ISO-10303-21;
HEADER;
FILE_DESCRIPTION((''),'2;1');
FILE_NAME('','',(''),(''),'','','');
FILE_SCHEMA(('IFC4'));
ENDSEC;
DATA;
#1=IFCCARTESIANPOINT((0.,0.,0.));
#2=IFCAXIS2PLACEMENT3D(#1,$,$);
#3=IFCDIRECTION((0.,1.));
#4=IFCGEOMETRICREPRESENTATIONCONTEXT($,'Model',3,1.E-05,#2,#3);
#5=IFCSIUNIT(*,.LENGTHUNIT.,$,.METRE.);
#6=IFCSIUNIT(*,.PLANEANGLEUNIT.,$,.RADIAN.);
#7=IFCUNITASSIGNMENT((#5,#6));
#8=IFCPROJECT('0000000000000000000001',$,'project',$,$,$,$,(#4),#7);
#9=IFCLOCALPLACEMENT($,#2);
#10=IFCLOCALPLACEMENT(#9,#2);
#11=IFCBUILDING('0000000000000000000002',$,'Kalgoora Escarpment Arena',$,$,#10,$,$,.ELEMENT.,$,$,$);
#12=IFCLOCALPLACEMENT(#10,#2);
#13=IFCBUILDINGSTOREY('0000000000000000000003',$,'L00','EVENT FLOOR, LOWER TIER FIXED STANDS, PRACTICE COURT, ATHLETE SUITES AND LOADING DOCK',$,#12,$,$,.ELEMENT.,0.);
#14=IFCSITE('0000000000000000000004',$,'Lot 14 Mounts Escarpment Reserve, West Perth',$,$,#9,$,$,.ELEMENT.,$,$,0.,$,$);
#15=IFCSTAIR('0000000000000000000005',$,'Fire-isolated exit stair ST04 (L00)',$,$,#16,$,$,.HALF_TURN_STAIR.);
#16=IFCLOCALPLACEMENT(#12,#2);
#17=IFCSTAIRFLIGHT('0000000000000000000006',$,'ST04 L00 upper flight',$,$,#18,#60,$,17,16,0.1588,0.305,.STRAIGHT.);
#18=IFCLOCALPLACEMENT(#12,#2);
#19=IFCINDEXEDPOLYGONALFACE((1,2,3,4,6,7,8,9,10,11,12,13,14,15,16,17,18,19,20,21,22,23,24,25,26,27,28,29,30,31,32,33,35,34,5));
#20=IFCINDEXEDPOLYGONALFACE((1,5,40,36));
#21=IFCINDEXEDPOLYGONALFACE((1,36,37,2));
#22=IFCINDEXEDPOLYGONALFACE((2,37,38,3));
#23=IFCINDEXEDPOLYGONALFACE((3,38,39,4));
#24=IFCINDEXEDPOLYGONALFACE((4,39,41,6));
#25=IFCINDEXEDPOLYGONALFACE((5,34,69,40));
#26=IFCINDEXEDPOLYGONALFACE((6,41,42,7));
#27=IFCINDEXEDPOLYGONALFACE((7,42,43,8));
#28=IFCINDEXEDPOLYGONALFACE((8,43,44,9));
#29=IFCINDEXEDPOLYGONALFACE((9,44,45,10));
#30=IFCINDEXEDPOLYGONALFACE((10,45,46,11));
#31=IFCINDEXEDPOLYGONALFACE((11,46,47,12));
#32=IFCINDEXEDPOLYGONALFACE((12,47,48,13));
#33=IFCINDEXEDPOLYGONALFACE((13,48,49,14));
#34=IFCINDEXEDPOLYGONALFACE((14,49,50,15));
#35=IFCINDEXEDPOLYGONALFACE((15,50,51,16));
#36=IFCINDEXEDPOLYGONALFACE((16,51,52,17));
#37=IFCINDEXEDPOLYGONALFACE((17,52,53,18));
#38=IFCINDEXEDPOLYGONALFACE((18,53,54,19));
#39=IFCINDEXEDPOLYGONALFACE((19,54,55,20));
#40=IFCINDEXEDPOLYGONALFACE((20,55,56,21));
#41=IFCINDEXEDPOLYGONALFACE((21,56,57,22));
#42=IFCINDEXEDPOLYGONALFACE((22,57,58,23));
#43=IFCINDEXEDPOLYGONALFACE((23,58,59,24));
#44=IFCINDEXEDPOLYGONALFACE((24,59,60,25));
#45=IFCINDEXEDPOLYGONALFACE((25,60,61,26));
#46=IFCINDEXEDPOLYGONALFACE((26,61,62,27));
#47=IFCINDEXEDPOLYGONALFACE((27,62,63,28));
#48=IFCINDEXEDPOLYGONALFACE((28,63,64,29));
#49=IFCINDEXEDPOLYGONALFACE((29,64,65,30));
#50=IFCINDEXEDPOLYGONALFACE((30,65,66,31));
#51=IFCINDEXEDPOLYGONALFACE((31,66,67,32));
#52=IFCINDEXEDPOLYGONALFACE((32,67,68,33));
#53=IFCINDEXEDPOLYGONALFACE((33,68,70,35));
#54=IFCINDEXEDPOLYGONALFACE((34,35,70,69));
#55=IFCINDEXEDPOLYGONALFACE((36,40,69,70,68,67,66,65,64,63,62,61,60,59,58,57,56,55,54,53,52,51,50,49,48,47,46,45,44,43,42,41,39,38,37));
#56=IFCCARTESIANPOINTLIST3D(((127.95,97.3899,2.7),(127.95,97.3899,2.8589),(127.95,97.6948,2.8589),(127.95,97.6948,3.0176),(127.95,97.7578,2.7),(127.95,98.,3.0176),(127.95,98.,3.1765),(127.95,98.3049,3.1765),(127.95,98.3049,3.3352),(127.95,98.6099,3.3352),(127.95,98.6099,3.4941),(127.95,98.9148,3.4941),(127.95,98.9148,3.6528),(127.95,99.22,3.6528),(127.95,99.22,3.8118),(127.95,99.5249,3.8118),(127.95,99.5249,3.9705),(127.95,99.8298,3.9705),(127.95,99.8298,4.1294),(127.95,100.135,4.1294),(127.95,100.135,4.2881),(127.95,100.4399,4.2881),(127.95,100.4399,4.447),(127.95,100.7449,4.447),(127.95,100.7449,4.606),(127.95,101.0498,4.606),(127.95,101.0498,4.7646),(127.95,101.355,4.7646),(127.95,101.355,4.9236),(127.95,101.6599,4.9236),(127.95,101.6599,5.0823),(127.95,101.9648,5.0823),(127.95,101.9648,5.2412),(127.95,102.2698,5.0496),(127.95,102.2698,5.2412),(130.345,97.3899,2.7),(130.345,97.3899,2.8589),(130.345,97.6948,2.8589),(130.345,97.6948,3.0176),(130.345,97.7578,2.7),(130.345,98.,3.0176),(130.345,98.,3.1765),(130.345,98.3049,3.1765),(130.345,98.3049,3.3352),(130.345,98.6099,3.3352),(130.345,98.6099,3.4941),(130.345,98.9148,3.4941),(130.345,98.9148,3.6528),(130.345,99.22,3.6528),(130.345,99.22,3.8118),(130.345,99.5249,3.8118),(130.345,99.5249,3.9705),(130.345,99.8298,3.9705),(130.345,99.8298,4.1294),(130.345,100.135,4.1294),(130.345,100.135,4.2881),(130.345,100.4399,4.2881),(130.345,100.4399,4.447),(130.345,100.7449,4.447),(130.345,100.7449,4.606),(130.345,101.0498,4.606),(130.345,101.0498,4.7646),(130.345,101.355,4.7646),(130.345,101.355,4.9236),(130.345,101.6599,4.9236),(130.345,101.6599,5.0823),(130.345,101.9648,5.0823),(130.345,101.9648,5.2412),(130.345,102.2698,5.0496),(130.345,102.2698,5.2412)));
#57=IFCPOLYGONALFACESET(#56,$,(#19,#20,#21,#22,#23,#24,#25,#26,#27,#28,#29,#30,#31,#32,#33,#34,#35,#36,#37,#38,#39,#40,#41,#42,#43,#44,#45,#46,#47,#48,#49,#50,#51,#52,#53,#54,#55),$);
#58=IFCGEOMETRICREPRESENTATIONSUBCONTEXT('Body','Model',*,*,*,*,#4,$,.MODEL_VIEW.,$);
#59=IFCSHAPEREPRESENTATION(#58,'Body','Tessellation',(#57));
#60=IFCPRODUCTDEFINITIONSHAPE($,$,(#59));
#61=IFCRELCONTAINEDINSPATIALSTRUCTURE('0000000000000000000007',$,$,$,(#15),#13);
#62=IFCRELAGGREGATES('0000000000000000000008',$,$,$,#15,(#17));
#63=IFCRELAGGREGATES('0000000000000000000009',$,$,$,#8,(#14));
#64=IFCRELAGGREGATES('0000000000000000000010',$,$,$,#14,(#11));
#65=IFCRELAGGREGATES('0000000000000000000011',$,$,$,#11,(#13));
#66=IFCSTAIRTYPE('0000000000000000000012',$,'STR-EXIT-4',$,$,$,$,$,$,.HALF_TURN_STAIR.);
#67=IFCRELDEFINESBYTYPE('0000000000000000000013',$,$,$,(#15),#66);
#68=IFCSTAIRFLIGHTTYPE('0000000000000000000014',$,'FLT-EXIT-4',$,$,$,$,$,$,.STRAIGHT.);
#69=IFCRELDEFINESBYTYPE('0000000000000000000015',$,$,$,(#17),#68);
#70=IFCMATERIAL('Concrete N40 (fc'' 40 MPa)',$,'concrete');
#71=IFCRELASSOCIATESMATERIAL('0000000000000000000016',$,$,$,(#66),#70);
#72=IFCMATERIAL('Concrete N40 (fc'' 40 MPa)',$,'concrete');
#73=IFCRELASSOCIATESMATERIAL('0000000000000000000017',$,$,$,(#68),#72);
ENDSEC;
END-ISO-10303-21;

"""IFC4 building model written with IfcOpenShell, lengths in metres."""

from ifc_helpers import new_model, si_unit, direction, frame, origin, place, context, subcontext, project, spatial, polyline, outline, extrude, material, type_object, element, aggregate, save


model = new_model("IFC4")

# Units and contexts
model_context = context("Model", 3, precision=1e-05, world=origin(), true_north=direction((0.0, 1.0)))
body_context = subcontext(model_context, "Body", "Model", "MODEL_VIEW")
ifc_project = project(units=[si_unit("LENGTHUNIT", "METRE"), si_unit("PLANEANGLEUNIT", "RADIAN")], contexts=[model_context])

# Site, building, storey
site_placement = place(None, origin())
site = spatial("IfcSite", under=ifc_project, at=site_placement, Name="Lot 14 Mounts Escarpment Reserve, West Perth", CompositionType="ELEMENT", RefElevation=0.0)
building_placement = place(site_placement, origin())
building = spatial("IfcBuilding", under=site, at=building_placement, Name="Kalgoora Escarpment Arena", CompositionType="ELEMENT")
storey_placement = place(building_placement, origin())
storey = spatial("IfcBuildingStorey", under=building, at=storey_placement, Name="L00", Description="EVENT FLOOR, LOWER TIER FIXED STANDS, PRACTICE COURT, ATHLETE SUITES AND LOADING DOCK", CompositionType="ELEMENT", Elevation=0.0)

# Stair, stair flight
ifc_material_1 = material(Name="Concrete N40 (fc' 40 MPa)", Category="concrete")
stair_type = type_object("IfcStairType", Name="STR-EXIT-4", PredefinedType="HALF_TURN_STAIR", material=ifc_material_1)
stair_placement = place(storey_placement, origin())
stair = element("IfcStair", 1, at=stair_placement, inside=storey, type_object=stair_type, Name="Fire-isolated exit stair ST04 (L00)", PredefinedType="HALF_TURN_STAIR")
ifc_material_2 = material(Name="Concrete N40 (fc' 40 MPa)", Category="concrete")
stair_flight_type = type_object("IfcStairFlightType", Name="FLT-EXIT-4", PredefinedType="STRAIGHT", material=ifc_material_2)
stair_flight_placement = place(storey_placement, frame((129.1475, 97.3899, 2.7), z_axis=(0.0, 0.0, 1.0), x_axis=(0.0, 1.0, 0.0)))
stair_flight = element("IfcStairFlight", 2, at=stair_flight_placement, type_object=stair_flight_type, Name="ST04 L00 upper flight", NumberOfRisers=17, NumberOfTreads=16, PredefinedType="STRAIGHT", RiserHeight=0.1588, TreadLength=0.305, context=body_context, shape_type="SweptSolid", body=[
    extrude(outline(polyline([(0.0, 0.0), (0.0, 0.1589), (0.3049, 0.1589), (0.3049, 0.3176), (0.6101, 0.3176), (0.6101, 0.4766), (0.915, 0.4766), (0.915, 0.6353), (1.22, 0.6353), (1.22, 0.7942), (1.5249, 0.7942), (1.5249, 0.9529), (1.8301, 0.9529), (1.8301, 1.1118), (2.135, 1.1118), (2.135, 1.2705), (2.4399, 1.2705), (2.4399, 1.4294), (2.7451, 1.4294), (2.7451, 1.5881), (3.05, 1.5881), (3.05, 1.7471), (3.355, 1.7471), (3.355, 1.906), (3.6599, 1.906), (3.6599, 2.0647), (3.9651, 2.0647), (3.9651, 2.2236), (4.27, 2.2236), (4.27, 2.3823), (4.575, 2.3823), (4.575, 2.5413), (4.8799, 2.5413), (4.8799, 2.7), (4.8799, 2.3496), (0.3679, 0.0), (0.0, 0.0)])), frame((0.0, 1.1975, 0.0), z_axis=(0.0, -1.0, 0.0), x_axis=(1.0, 0.0, 0.0)), (0.0, 0.0, 1.0), 2.395),
])
aggregate(stair, [stair_flight])

save(model, "model.ifc")
